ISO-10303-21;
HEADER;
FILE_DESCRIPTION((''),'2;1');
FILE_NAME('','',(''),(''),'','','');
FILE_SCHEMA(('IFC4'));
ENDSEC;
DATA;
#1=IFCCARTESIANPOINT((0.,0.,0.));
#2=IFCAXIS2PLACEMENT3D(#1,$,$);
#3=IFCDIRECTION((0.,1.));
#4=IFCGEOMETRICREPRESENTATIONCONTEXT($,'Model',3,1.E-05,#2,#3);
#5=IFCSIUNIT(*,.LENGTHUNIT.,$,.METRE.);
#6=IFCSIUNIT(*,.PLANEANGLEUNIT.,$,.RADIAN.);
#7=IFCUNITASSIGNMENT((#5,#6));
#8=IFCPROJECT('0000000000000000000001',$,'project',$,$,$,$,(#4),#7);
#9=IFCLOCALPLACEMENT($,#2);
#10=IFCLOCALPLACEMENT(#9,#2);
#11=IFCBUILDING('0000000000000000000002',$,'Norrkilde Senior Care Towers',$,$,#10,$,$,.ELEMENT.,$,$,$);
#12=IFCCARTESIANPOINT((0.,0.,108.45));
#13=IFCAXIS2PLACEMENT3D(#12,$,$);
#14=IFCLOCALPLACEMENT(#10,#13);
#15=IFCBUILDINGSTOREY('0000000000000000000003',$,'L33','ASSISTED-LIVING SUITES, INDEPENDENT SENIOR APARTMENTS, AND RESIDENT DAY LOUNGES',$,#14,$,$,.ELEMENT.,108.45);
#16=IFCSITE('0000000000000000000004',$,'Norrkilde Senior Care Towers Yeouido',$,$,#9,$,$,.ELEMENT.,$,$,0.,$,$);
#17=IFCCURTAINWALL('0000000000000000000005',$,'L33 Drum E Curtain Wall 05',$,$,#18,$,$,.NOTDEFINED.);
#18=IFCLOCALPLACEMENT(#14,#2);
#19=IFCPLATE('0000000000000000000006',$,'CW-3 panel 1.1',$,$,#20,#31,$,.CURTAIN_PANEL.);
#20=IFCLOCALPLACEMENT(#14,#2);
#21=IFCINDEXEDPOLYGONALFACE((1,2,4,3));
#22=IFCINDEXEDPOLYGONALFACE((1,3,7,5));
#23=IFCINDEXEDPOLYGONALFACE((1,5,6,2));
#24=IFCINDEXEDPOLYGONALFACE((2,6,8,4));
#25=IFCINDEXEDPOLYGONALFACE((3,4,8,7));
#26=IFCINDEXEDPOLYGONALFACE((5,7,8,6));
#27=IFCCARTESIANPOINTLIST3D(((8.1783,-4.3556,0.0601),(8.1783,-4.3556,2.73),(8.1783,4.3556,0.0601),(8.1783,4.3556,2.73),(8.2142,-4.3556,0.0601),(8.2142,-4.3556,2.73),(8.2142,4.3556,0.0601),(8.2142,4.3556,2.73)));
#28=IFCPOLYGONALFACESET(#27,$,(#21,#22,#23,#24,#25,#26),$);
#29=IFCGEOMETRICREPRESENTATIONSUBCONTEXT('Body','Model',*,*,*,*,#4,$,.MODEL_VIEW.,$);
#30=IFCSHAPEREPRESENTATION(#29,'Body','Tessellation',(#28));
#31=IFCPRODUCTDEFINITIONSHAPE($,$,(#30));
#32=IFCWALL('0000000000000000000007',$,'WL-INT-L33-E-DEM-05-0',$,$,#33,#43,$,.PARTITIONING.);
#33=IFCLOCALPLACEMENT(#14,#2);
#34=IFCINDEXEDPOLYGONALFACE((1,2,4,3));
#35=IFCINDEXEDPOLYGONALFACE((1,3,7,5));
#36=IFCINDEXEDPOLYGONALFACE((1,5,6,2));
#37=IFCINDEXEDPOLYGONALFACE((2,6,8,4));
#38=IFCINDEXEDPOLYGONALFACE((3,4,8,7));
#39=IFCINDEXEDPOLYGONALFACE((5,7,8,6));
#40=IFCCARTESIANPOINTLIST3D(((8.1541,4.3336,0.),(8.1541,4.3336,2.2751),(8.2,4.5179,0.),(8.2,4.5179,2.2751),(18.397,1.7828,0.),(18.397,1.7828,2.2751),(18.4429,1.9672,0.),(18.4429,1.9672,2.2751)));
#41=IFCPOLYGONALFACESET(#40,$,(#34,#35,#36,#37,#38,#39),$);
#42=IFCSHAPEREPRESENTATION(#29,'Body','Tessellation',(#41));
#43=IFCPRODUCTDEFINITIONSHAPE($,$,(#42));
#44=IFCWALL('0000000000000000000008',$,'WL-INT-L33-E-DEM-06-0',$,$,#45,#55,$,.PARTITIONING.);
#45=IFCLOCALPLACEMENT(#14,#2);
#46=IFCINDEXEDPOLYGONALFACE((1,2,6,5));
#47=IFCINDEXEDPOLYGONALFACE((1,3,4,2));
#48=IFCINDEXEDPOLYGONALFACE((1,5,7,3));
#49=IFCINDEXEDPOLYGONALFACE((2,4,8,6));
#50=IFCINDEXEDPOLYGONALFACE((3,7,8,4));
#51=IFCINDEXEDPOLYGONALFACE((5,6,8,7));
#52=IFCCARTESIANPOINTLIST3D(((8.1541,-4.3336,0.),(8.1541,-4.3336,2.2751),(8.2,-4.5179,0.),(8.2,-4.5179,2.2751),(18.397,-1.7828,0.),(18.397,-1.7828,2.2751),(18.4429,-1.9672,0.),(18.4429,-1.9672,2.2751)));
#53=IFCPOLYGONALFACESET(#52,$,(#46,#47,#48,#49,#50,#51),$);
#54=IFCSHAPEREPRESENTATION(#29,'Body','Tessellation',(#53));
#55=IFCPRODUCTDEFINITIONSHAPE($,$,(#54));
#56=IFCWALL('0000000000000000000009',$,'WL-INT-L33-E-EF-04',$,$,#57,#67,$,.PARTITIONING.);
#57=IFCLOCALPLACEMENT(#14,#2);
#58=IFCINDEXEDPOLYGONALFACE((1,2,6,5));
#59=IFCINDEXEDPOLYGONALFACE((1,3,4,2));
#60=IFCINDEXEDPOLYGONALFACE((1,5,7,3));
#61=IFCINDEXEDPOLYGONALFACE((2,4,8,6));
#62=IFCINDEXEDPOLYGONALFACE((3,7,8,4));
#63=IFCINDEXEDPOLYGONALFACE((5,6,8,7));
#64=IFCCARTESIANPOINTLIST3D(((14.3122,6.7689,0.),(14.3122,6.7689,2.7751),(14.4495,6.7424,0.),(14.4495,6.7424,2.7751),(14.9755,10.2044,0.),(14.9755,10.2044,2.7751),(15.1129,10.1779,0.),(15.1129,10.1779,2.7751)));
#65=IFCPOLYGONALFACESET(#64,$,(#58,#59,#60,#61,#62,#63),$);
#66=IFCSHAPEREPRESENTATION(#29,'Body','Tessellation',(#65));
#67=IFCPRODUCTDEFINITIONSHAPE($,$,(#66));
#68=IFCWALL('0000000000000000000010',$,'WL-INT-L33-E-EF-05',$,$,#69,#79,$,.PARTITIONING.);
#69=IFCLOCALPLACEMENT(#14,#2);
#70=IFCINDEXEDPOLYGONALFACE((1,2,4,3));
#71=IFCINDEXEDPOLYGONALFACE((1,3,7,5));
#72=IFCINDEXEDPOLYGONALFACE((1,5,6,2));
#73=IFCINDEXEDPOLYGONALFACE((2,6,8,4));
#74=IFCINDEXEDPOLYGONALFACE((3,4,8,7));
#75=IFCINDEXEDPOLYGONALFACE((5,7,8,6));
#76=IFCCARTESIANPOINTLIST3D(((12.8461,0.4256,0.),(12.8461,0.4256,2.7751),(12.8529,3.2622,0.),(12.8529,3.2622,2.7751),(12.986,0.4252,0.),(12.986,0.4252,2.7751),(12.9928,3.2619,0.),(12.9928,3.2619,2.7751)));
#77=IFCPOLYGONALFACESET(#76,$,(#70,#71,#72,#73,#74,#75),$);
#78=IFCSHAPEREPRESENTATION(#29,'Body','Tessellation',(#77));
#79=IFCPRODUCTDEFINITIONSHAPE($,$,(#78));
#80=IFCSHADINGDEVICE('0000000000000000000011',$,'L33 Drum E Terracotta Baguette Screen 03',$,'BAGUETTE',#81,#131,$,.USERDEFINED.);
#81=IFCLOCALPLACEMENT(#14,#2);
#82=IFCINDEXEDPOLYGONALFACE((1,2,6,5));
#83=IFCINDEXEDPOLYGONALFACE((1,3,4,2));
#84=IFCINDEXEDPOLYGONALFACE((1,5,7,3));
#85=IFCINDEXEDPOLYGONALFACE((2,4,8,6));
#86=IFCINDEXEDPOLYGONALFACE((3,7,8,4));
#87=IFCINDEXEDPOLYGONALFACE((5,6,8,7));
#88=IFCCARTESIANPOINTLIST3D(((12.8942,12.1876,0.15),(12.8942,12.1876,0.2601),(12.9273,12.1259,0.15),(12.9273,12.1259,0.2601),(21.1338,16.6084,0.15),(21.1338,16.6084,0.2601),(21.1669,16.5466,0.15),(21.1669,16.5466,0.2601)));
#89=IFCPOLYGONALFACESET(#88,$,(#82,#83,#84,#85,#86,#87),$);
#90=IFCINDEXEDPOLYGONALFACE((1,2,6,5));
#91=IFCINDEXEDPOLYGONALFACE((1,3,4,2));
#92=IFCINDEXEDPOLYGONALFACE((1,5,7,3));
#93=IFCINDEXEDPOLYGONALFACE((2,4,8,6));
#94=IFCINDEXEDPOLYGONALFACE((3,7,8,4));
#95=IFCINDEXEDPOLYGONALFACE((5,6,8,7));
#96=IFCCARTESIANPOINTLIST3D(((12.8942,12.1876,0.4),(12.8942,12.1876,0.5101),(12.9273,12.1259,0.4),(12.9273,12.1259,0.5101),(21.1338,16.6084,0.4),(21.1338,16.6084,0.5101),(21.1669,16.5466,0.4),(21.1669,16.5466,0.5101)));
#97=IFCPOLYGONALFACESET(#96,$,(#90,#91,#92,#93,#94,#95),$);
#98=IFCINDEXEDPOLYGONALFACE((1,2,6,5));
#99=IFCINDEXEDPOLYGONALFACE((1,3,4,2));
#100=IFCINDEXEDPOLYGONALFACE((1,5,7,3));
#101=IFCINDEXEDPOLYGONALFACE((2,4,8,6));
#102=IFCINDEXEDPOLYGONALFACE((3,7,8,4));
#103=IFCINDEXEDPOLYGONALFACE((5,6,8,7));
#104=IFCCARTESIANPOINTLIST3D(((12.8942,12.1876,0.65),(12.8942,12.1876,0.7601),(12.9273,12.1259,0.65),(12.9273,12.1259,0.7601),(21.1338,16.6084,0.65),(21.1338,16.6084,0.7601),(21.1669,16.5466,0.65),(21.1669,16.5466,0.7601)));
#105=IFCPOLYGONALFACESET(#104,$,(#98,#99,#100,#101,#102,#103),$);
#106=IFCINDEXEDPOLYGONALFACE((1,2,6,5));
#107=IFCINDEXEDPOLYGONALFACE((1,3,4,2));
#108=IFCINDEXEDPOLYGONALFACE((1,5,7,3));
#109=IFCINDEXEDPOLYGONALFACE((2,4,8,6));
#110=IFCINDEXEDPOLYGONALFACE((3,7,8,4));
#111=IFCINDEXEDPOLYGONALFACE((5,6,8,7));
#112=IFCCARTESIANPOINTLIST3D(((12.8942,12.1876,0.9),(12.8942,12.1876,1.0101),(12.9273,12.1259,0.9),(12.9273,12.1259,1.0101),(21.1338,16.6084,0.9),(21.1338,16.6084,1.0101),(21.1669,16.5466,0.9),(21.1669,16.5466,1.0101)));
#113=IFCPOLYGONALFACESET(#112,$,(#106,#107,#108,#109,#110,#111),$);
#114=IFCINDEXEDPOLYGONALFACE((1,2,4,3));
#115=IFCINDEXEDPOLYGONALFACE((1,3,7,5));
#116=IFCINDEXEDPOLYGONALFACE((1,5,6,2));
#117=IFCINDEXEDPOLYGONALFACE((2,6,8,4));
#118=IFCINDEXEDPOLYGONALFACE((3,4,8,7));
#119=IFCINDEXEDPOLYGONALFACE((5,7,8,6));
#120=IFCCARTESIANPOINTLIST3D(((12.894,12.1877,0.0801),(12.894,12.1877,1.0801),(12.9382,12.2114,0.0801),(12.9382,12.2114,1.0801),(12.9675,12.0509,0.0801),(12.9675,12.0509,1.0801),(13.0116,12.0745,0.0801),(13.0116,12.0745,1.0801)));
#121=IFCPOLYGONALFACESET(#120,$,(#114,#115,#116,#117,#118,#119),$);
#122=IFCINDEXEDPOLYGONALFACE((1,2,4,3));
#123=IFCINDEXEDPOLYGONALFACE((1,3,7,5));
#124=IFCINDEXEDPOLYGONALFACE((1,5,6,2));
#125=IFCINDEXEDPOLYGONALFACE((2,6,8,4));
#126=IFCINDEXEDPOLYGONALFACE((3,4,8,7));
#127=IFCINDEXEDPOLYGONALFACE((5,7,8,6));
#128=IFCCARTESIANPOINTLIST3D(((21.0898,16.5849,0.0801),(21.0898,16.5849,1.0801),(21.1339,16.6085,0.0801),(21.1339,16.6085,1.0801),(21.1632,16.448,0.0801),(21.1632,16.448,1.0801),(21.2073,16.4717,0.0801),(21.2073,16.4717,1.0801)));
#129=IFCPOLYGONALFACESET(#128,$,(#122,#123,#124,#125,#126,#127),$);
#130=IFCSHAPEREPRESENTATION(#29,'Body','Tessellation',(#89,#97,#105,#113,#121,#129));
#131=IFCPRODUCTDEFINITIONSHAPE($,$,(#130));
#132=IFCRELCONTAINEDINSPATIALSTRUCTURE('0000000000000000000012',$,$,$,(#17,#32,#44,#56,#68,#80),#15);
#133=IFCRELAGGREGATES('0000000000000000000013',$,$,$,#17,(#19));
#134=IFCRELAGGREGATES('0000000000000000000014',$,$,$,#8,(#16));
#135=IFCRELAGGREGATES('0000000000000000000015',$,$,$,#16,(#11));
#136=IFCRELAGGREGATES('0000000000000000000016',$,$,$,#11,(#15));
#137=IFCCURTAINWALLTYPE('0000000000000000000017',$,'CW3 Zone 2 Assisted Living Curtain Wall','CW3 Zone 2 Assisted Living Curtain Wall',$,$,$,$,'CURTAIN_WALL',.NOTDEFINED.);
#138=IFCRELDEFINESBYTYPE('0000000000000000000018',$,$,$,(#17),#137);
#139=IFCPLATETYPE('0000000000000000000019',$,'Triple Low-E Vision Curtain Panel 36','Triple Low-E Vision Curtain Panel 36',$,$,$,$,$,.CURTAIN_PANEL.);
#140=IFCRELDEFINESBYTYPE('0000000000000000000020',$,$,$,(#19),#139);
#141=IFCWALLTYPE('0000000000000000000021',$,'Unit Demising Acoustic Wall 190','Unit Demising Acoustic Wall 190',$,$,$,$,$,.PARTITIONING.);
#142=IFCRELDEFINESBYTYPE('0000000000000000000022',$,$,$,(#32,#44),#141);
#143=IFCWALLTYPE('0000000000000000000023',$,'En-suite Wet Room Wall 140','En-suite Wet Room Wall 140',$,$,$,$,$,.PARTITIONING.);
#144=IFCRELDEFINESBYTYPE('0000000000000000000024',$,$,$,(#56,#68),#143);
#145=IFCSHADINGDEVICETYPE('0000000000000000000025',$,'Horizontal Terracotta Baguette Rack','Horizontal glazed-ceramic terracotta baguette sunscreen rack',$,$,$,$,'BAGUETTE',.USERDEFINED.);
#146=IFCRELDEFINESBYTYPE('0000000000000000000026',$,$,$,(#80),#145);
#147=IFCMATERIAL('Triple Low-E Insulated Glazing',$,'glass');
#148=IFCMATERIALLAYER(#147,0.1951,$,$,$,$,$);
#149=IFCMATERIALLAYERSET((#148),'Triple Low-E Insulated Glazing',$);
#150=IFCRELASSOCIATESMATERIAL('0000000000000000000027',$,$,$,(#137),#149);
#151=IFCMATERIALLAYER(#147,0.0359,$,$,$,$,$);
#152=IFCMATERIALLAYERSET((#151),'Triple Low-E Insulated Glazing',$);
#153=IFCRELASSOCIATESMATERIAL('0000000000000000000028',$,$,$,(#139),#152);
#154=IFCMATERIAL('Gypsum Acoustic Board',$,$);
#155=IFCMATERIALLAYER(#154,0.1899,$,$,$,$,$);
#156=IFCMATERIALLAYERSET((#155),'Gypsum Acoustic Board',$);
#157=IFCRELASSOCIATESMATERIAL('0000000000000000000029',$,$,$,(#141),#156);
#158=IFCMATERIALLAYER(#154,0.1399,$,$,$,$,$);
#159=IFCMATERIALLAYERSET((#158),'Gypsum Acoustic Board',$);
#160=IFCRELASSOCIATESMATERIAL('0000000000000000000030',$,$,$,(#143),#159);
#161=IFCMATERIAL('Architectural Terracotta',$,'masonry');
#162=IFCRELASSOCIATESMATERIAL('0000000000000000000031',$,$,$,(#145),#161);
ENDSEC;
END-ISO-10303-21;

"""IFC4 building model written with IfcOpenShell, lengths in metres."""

from ifc_helpers import new_model, si_unit, direction, frame, frame_2d, origin, origin_2d, place, context, subcontext, project, spatial, rectangle, extrude, source, transform, mapped, material, layer, layer_set, type_object, type_shapes, element, aggregate, save


model = new_model("IFC4")

# Units and contexts
model_context = context("Model", 3, precision=1e-05, world=origin(), true_north=direction((0.0, 1.0)))
body_context = subcontext(model_context, "Body", "Model", "MODEL_VIEW")
ifc_project = project(units=[si_unit("LENGTHUNIT", "METRE"), si_unit("PLANEANGLEUNIT", "RADIAN")], contexts=[model_context])

# Site, building, storey
site_placement = place(None, origin())
site = spatial("IfcSite", under=ifc_project, at=site_placement, Name="Norrkilde Senior Care Towers Yeouido", CompositionType="ELEMENT", RefElevation=0.0)
building_placement = place(site_placement, origin())
building = spatial("IfcBuilding", under=site, at=building_placement, Name="Norrkilde Senior Care Towers", CompositionType="ELEMENT")
storey_placement = place(building_placement, frame((0.0, 0.0, 108.45)))
storey = spatial("IfcBuildingStorey", under=building, at=storey_placement, Name="L33", Description="ASSISTED-LIVING SUITES, INDEPENDENT SENIOR APARTMENTS, AND RESIDENT DAY LOUNGES", CompositionType="ELEMENT", Elevation=108.45)

# Shared definitions
ifc_material_1 = material(Name="Triple Low-E Insulated Glazing", Category="glass")
ifc_layer_1 = layer(ifc_material_1, 0.1951)
ifc_layer_set_1 = layer_set([ifc_layer_1], Name="Triple Low-E Insulated Glazing")
curtain_wall_type = type_object("IfcCurtainWallType", Name="CW3 Zone 2 Assisted Living Curtain Wall", Description="CW3 Zone 2 Assisted Living Curtain Wall", ElementType="CURTAIN_WALL", PredefinedType="NOTDEFINED", material=ifc_layer_set_1)

# Curtain wall
curtain_wall_1_placement = place(storey_placement, origin())
curtain_wall_1 = element("IfcCurtainWall", 1, at=curtain_wall_1_placement, inside=storey, type_object=curtain_wall_type, Name="L33 Drum E Curtain Wall 05", PredefinedType="NOTDEFINED")

# Plate
ifc_layer_2 = layer(ifc_material_1, 0.0359)
ifc_layer_set_2 = layer_set([ifc_layer_2], Name="Triple Low-E Insulated Glazing")
plate_type = type_object("IfcPlateType", Name="Triple Low-E Vision Curtain Panel 36", Description="Triple Low-E Vision Curtain Panel 36", PredefinedType="CURTAIN_PANEL", material=ifc_layer_set_2)
shared_shape_1 = source(origin(), body_context, "Body", "SweptSolid", [
    extrude(rectangle(XDim=8.7112, YDim=0.0359, at=origin_2d()), origin(), (0.0, 0.0, 1.0), 2.6699),
])
plate_1_placement = place(storey_placement, frame((8.1963, 0.0, 0.0601), z_axis=(0.0, 0.0, 1.0), x_axis=(0.0, 1.0, 0.0)))
plate_1 = element("IfcPlate", 2, at=plate_1_placement, type_object=plate_type, Name="CW-3 panel 1.1", PredefinedType="CURTAIN_PANEL", context=body_context, shape_type="MappedRepresentation", body=[
    mapped(shared_shape_1, transform((0.0, 0.0, 0.0), x_axis=(1.0, 0.0, 0.0), y_axis=(0.0, 1.0, 0.0), z_axis=(0.0, 0.0, 1.0), scale=1.0)),
])
aggregate(curtain_wall_1, [plate_1])

# Walls
ifc_material_2 = material(Name="Gypsum Acoustic Board")
ifc_layer_3 = layer(ifc_material_2, 0.1899)
ifc_layer_set_3 = layer_set([ifc_layer_3], Name="Gypsum Acoustic Board")
wall_type_1 = type_object("IfcWallType", Name="Unit Demising Acoustic Wall 190", Description="Unit Demising Acoustic Wall 190", PredefinedType="PARTITIONING", material=ifc_layer_set_3)
shared_shape_2 = source(origin(), body_context, "Body", "SweptSolid", [
    extrude(rectangle(XDim=10.5557, YDim=0.1899, at=frame_2d((5.2778, 0.0))), origin(), (0.0, 0.0, 1.0), 2.2751),
])
type_shapes(wall_type_1, [shared_shape_2])
for number, where, z_axis, x_axis, name in (
    (3, (18.4199, 1.875, 0.0), (0.0, 0.0, 1.0), (-0.970364, 0.241648, 0.0), "WL-INT-L33-E-DEM-05-0"),
    (4, (18.4199, -1.875, 0.0), (0.0, 0.0, 1.0), (-0.970364, -0.241648, 0.0), "WL-INT-L33-E-DEM-06-0"),
):
    element("IfcWall", number, at=place(storey_placement, frame(where, z_axis=z_axis, x_axis=x_axis)), inside=storey, type_object=wall_type_1, Name=name, PredefinedType="PARTITIONING", context=body_context, shape_type="MappedRepresentation", body=[
        mapped(shared_shape_2, transform((0.0, 0.0, 0.0), x_axis=(1.0, 0.0, 0.0), y_axis=(0.0, 1.0, 0.0), z_axis=(0.0, 0.0, 1.0), scale=1.0)),
    ])
ifc_layer_4 = layer(ifc_material_2, 0.1399)
ifc_layer_set_4 = layer_set([ifc_layer_4], Name="Gypsum Acoustic Board")
wall_type_2 = type_object("IfcWallType", Name="En-suite Wet Room Wall 140", Description="En-suite Wet Room Wall 140", PredefinedType="PARTITIONING", material=ifc_layer_set_4)
shared_shape_3 = source(origin(), body_context, "Body", "SweptSolid", [
    extrude(rectangle(XDim=3.499, YDim=0.1399, at=frame_2d((1.7495, 0.0))), origin(), (0.0, 0.0, 1.0), 2.7751),
])
wall_1_placement = place(storey_placement, frame((14.3809, 6.7556, 0.0), z_axis=(0.0, 0.0, 1.0), x_axis=(0.189577, 0.981866, 0.0)))
element("IfcWall", 5, at=wall_1_placement, inside=storey, type_object=wall_type_2, Name="WL-INT-L33-E-EF-04", PredefinedType="PARTITIONING", context=body_context, shape_type="MappedRepresentation", body=[
    mapped(shared_shape_3, transform((0.0, 0.0, 0.0), x_axis=(1.0, 0.0, 0.0), y_axis=(0.0, 1.0, 0.0), z_axis=(0.0, 0.0, 1.0), scale=1.0)),
])
shared_shape_4 = source(origin(), body_context, "Body", "SweptSolid", [
    extrude(rectangle(XDim=2.8367, YDim=0.1399, at=frame_2d((1.4185, 0.0))), origin(), (0.0, 0.0, 1.0), 2.7751),
])
type_shapes(wall_type_2, [shared_shape_3, shared_shape_4])
wall_2_placement = place(storey_placement, frame((12.916, 0.4253, 0.0), z_axis=(0.0, 0.0, 1.0), x_axis=(0.00241, 0.999997, 0.0)))
element("IfcWall", 6, at=wall_2_placement, inside=storey, type_object=wall_type_2, Name="WL-INT-L33-E-EF-05", PredefinedType="PARTITIONING", context=body_context, shape_type="MappedRepresentation", body=[
    mapped(shared_shape_4, transform((0.0, 0.0, 0.0), x_axis=(1.0, 0.0, 0.0), y_axis=(0.0, 1.0, 0.0), z_axis=(0.0, 0.0, 1.0), scale=1.0)),
])

# Shading device
ifc_material_3 = material(Name="Architectural Terracotta", Category="masonry")
shading_device_type = type_object("IfcShadingDeviceType", Name="Horizontal Terracotta Baguette Rack", Description="Horizontal glazed-ceramic terracotta baguette sunscreen rack", ElementType="BAGUETTE", PredefinedType="USERDEFINED", material=ifc_material_3)
shared_shape_5 = source(origin(), body_context, "Body", "SweptSolid", [
    extrude(rectangle(XDim=0.0701, YDim=0.1101, at=origin_2d()), frame((0.0, 0.0901, 0.125), z_axis=(1.0, 0.0, 0.0), x_axis=(0.0, 1.0, 0.0)), (0.0, 0.0, 1.0), 9.3506),
    extrude(rectangle(XDim=0.0701, YDim=0.1101, at=origin_2d()), frame((0.0, 0.0901, 0.375), z_axis=(1.0, 0.0, 0.0), x_axis=(0.0, 1.0, 0.0)), (0.0, 0.0, 1.0), 9.3506),
    extrude(rectangle(XDim=0.0701, YDim=0.1101, at=origin_2d()), frame((0.0, 0.0901, 0.625), z_axis=(1.0, 0.0, 0.0), x_axis=(0.0, 1.0, 0.0)), (0.0, 0.0, 1.0), 9.3506),
    extrude(rectangle(XDim=0.0701, YDim=0.1101, at=origin_2d()), frame((0.0, 0.0901, 0.875), z_axis=(1.0, 0.0, 0.0), x_axis=(0.0, 1.0, 0.0)), (0.0, 0.0, 1.0), 9.3506),
    extrude(rectangle(XDim=0.05, YDim=0.1553, at=origin_2d()), frame((0.0249, 0.0476, 0.0)), (0.0, 0.0, 1.0), 1.0),
    extrude(rectangle(XDim=0.05, YDim=0.1553, at=origin_2d()), frame((9.3257, 0.0476, 0.0)), (0.0, 0.0, 1.0), 1.0),
])
type_shapes(shading_device_type, [shared_shape_5])
shading_device_placement = place(storey_placement, frame((12.9534, 12.0774, 0.0801), z_axis=(0.0, 0.0, 1.0), x_axis=(0.881175, 0.472768, 0.0)))
element("IfcShadingDevice", 7, at=shading_device_placement, inside=storey, type_object=shading_device_type, Name="L33 Drum E Terracotta Baguette Screen 03", ObjectType="BAGUETTE", PredefinedType="USERDEFINED", context=body_context, shape_type="MappedRepresentation", body=[
    mapped(shared_shape_5, transform((0.0, 0.0, 0.0), x_axis=(1.0, 0.0, 0.0), y_axis=(0.0, 1.0, 0.0), z_axis=(0.0, 0.0, 1.0), scale=1.0)),
])

save(model, "model.ifc")
